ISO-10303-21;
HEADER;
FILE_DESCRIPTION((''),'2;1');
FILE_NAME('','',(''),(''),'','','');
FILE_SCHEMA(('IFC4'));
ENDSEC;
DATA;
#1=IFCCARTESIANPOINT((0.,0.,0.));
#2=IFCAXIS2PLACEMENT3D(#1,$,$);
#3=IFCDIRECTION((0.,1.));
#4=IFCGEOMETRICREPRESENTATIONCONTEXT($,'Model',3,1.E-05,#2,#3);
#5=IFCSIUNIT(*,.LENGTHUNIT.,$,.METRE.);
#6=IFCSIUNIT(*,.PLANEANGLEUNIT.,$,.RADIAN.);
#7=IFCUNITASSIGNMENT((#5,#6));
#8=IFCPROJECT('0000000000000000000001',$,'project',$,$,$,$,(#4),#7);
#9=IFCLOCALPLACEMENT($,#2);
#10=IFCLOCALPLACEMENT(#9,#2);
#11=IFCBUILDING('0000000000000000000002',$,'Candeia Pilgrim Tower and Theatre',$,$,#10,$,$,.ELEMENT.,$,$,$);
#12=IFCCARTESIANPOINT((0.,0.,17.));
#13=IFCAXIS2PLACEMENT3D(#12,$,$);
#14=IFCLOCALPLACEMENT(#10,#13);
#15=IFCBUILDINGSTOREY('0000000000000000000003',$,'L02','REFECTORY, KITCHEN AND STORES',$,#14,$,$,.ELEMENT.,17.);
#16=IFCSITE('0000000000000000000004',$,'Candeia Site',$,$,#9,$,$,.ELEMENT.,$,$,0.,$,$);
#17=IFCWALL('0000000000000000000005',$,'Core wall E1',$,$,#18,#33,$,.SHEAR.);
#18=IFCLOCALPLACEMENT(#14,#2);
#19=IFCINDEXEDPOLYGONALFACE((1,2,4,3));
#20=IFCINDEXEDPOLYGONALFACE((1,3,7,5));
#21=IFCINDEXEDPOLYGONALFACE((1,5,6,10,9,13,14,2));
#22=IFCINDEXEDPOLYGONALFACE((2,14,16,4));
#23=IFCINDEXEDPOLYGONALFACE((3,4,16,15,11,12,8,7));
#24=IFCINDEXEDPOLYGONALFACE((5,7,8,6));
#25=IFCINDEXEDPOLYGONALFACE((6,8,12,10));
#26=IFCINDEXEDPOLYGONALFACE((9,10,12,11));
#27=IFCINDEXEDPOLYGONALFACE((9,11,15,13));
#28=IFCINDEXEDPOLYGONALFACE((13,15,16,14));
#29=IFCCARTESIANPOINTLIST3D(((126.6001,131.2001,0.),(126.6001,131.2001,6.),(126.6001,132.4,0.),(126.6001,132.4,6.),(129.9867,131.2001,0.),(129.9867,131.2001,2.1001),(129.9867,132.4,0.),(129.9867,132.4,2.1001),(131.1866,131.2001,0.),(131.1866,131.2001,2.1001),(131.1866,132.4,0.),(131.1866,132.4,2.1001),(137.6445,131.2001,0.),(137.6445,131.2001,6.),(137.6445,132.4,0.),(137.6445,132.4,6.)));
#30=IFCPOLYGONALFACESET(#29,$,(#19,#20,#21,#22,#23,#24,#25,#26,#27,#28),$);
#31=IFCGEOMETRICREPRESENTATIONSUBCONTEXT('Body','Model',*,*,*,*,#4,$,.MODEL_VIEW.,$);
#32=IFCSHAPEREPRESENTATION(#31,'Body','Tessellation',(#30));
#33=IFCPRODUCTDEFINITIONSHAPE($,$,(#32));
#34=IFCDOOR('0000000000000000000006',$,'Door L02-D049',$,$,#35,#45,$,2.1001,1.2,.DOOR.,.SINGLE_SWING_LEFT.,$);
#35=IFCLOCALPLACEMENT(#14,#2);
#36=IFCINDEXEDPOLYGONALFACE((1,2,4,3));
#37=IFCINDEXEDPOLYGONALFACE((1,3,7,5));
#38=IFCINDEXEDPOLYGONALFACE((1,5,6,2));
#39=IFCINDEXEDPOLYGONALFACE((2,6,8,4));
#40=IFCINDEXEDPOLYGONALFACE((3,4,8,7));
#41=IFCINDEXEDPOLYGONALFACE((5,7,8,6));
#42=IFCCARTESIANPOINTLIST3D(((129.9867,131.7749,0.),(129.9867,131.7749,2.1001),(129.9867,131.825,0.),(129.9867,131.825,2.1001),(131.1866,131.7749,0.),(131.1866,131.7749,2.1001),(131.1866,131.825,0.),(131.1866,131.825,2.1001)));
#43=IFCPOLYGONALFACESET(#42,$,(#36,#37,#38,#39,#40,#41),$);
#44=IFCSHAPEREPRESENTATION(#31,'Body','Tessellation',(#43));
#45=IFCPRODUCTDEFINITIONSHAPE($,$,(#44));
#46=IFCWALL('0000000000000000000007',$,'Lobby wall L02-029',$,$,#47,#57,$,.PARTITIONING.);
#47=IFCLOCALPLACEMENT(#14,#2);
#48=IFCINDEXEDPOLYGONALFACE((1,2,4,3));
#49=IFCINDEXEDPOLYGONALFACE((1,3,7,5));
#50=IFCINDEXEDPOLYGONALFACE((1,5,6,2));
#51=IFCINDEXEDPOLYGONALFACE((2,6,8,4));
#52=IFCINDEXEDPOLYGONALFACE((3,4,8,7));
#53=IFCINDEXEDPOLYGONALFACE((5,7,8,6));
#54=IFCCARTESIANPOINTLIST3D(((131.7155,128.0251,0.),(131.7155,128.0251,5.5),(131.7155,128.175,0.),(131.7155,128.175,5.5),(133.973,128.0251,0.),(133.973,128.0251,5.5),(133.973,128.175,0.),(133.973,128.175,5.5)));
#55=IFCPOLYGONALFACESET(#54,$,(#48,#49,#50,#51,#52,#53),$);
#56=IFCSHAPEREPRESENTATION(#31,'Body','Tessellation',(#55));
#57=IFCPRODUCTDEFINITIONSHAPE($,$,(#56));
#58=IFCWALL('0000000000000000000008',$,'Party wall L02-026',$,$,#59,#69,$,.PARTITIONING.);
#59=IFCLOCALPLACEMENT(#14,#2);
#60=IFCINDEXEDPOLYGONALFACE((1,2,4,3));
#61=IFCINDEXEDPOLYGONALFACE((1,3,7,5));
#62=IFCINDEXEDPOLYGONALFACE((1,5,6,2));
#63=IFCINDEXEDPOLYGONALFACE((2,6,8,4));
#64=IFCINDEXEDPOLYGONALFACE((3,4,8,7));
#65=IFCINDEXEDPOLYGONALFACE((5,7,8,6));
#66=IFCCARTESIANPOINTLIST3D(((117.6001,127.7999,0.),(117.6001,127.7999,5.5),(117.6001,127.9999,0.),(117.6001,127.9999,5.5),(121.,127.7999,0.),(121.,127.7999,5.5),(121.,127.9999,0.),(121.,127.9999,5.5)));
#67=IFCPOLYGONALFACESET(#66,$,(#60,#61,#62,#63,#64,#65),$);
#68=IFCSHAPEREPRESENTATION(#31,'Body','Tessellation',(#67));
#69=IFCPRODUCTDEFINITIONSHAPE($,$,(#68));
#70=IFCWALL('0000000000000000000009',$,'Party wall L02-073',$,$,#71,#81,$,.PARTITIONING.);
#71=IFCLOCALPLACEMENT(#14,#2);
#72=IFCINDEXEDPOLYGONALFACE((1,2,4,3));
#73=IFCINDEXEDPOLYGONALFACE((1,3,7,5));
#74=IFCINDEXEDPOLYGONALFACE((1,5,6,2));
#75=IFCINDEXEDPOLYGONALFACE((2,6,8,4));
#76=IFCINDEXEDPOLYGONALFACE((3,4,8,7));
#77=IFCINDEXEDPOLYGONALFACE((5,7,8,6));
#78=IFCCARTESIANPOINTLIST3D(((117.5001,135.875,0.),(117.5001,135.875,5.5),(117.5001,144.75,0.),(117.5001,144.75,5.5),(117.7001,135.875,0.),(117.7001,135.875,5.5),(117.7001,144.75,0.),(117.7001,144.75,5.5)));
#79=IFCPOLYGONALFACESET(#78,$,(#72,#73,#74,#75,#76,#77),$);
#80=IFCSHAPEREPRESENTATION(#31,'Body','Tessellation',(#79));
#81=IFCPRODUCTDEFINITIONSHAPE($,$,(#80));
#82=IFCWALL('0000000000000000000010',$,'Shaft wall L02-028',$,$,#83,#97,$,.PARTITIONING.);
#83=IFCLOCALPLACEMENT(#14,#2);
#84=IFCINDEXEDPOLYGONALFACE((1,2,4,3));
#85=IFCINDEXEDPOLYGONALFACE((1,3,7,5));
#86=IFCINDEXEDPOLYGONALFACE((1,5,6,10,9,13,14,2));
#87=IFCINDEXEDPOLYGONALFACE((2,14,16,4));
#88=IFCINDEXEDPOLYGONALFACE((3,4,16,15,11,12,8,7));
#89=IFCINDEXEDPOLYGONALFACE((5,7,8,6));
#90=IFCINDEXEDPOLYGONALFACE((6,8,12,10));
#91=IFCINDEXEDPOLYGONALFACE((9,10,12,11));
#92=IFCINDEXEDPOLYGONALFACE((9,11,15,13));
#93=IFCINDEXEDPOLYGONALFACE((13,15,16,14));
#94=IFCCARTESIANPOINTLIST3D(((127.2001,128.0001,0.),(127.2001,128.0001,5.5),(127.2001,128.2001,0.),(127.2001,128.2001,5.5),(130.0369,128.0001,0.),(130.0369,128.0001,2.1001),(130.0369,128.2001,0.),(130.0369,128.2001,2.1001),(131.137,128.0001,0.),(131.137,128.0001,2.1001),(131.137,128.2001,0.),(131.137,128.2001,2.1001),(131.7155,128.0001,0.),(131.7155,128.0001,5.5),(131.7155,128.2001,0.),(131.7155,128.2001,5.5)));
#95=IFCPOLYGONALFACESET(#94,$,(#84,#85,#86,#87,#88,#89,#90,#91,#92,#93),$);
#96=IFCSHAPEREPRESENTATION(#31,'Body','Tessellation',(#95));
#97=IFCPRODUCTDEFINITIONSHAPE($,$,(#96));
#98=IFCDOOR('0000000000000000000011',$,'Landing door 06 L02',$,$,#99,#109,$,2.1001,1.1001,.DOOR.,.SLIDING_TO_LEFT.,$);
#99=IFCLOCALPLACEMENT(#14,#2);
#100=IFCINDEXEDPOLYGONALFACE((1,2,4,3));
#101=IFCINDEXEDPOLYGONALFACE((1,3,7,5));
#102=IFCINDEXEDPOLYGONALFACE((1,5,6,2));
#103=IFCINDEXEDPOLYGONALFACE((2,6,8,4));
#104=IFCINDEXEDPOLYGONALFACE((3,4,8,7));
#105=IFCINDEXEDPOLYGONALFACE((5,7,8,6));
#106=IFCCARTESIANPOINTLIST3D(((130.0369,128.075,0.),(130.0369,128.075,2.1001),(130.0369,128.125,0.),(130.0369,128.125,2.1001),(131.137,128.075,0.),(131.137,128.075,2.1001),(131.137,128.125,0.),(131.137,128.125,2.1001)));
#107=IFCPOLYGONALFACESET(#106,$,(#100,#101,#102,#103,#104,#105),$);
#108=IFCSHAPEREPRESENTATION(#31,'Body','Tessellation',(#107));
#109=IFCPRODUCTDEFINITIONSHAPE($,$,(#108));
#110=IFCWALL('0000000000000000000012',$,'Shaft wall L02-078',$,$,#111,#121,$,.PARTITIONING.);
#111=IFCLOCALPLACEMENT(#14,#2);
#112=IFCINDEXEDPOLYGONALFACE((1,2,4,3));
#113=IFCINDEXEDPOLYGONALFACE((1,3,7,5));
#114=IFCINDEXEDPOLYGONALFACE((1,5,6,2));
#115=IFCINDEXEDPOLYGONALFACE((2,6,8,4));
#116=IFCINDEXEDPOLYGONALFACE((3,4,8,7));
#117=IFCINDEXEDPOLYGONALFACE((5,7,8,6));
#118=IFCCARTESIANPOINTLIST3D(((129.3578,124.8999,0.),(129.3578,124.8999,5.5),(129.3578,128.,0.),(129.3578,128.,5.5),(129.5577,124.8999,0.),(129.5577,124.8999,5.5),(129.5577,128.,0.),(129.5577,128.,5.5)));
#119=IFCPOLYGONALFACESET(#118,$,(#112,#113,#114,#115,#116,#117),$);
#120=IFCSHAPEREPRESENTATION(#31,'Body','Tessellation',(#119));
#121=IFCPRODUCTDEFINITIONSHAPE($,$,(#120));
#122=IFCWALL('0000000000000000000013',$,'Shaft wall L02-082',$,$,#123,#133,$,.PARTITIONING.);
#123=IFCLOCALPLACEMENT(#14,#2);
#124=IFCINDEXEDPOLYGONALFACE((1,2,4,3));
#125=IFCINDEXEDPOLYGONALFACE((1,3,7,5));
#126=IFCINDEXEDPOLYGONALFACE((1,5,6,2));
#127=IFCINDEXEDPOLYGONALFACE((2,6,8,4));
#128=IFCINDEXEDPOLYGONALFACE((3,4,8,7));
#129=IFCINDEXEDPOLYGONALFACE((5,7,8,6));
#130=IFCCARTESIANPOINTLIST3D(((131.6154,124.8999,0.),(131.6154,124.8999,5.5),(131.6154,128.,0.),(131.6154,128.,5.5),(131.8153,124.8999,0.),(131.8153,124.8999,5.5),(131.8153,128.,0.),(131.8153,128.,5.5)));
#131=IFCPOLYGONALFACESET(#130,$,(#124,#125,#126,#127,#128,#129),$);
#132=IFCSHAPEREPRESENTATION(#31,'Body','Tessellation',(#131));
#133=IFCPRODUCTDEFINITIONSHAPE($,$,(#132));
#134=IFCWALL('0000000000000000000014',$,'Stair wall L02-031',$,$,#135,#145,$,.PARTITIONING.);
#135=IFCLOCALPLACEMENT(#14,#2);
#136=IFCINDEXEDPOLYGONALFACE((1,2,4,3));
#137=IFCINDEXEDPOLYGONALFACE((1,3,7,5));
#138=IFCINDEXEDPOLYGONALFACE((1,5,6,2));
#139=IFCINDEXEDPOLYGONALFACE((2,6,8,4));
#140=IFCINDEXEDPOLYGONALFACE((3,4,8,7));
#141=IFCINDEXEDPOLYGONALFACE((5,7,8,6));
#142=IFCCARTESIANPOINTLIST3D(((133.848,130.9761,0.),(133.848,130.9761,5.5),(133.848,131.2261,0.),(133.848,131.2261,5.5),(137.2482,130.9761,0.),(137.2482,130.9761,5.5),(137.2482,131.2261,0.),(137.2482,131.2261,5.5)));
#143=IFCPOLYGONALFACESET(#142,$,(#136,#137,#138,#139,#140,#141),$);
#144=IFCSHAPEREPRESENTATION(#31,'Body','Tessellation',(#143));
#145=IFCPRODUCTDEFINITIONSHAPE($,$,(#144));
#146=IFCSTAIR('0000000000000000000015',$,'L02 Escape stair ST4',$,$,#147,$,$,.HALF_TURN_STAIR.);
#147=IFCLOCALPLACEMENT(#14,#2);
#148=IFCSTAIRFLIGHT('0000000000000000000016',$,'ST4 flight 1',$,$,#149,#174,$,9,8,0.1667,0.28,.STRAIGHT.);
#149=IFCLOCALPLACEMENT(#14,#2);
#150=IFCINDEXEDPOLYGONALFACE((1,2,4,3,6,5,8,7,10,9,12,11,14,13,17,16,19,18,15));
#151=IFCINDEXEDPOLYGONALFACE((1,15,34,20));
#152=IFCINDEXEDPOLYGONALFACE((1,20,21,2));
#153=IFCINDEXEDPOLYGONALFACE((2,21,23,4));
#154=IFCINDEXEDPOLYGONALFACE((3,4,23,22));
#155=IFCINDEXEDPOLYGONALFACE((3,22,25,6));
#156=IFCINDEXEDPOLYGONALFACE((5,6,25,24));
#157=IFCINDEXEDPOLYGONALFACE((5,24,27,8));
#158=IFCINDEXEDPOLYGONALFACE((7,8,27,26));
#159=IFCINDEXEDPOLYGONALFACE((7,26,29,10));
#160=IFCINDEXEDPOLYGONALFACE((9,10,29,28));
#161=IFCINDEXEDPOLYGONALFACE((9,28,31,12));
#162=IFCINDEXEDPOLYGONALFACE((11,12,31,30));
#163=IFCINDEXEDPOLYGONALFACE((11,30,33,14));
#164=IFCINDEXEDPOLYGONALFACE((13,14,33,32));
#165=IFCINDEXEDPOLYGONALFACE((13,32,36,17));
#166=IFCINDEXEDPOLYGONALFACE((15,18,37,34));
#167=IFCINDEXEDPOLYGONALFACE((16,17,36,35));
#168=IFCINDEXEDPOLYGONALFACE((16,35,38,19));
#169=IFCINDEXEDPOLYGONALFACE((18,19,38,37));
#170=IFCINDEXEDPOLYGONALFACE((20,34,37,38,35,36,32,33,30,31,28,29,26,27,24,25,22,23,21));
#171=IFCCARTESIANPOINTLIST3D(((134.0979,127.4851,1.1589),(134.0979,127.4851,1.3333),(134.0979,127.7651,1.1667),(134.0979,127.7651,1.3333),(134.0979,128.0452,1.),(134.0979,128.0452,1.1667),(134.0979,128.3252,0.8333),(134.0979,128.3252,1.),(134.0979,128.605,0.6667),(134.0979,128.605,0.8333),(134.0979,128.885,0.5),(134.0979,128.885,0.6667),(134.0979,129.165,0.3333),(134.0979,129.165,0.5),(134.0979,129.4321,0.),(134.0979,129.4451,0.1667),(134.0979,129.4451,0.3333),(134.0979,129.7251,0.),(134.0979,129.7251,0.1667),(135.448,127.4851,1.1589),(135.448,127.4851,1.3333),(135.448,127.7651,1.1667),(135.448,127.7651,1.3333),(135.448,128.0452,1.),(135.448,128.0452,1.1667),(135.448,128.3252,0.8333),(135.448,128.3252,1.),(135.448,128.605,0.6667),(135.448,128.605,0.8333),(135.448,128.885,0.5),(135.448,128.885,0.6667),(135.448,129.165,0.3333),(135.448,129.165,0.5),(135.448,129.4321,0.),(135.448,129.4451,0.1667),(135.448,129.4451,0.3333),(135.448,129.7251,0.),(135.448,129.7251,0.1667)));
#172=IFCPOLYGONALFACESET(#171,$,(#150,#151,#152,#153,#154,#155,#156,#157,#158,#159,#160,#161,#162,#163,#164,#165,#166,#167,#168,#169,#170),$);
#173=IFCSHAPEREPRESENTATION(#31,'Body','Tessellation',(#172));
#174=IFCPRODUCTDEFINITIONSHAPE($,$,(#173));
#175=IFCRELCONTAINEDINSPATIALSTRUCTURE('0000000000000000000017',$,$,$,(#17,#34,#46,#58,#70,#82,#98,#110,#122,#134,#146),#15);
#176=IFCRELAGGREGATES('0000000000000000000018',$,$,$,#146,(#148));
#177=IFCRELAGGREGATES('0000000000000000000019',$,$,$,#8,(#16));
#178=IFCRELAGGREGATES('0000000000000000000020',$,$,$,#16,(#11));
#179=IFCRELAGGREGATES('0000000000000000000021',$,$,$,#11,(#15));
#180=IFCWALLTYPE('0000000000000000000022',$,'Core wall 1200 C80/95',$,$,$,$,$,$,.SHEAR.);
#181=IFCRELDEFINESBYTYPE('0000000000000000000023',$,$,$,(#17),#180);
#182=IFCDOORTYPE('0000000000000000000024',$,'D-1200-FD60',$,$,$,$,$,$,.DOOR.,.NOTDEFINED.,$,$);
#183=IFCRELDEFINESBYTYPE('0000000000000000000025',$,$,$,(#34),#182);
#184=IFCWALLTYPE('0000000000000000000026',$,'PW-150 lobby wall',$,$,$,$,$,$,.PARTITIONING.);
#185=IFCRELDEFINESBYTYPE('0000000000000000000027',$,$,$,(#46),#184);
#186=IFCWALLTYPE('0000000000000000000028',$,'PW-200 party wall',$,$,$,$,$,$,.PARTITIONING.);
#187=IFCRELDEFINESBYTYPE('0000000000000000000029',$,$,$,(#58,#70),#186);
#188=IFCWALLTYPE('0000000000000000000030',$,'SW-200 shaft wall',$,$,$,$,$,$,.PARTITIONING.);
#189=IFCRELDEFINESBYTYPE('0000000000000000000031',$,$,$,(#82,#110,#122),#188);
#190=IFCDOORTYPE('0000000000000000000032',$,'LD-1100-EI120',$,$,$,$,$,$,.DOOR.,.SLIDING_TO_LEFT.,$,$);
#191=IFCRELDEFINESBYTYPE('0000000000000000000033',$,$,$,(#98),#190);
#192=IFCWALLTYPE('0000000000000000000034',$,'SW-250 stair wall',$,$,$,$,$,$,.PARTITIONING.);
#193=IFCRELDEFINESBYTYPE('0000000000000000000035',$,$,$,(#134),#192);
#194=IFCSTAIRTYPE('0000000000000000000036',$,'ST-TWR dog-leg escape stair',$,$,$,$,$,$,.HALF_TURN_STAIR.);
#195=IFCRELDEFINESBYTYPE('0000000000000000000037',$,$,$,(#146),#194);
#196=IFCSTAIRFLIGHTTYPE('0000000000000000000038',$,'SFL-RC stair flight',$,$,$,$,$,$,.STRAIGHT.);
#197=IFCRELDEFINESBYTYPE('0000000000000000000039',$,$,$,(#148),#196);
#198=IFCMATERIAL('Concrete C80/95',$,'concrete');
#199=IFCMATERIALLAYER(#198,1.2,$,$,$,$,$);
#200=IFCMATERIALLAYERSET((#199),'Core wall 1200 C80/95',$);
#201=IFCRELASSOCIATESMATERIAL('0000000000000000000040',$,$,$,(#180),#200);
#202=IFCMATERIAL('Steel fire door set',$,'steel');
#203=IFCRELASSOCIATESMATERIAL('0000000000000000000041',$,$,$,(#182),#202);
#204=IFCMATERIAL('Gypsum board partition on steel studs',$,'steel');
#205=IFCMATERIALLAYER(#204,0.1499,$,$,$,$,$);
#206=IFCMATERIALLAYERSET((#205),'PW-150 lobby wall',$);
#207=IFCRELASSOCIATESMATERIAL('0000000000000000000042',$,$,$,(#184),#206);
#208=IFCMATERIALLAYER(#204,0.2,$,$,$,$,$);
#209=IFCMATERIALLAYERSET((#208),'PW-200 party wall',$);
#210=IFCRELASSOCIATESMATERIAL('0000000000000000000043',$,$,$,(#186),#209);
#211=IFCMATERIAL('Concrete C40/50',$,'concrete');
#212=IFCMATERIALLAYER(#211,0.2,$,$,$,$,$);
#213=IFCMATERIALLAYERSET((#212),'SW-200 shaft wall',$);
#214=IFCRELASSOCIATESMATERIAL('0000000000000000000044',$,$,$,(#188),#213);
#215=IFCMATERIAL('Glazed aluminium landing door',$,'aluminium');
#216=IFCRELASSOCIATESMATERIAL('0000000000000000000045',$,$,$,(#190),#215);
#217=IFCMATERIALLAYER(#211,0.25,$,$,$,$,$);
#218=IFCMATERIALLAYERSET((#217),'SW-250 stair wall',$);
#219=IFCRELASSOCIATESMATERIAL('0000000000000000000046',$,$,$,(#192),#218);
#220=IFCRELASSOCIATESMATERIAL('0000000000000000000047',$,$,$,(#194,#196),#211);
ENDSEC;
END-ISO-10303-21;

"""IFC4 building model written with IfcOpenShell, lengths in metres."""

from ifc_helpers import new_model, si_unit, direction, frame, frame_2d, origin, place, context, subcontext, project, spatial, polyline, rectangle, outline, extrude, material, layer, layer_set, type_object, element, fill, aggregate, save


model = new_model("IFC4")

# Units and contexts
model_context = context("Model", 3, precision=1e-05, world=origin(), true_north=direction((0.0, 1.0)))
body_context = subcontext(model_context, "Body", "Model", "MODEL_VIEW")
ifc_project = project(units=[si_unit("LENGTHUNIT", "METRE"), si_unit("PLANEANGLEUNIT", "RADIAN")], contexts=[model_context])

# Site, building, storey
site_placement = place(None, origin())
site = spatial("IfcSite", under=ifc_project, at=site_placement, Name="Candeia Site", CompositionType="ELEMENT", RefElevation=0.0)
building_placement = place(site_placement, origin())
building = spatial("IfcBuilding", under=site, at=building_placement, Name="Candeia Pilgrim Tower and Theatre", CompositionType="ELEMENT")
storey_placement = place(building_placement, frame((0.0, 0.0, 17.0)))
storey = spatial("IfcBuildingStorey", under=building, at=storey_placement, Name="L02", Description="REFECTORY, KITCHEN AND STORES", CompositionType="ELEMENT", Elevation=17.0)

# Shared definitions
ifc_material_1 = material(Name="Concrete C80/95", Category="concrete")

# Wall, opening, door
ifc_layer_1 = layer(ifc_material_1, 1.2)
ifc_layer_set_1 = layer_set([ifc_layer_1], Name="Core wall 1200 C80/95")
wall_type_1 = type_object("IfcWallType", Name="Core wall 1200 C80/95", PredefinedType="SHEAR", material=ifc_layer_set_1)
wall_1_placement = place(storey_placement, frame((126.6001, 131.8, 0.0), z_axis=(0.0, 0.0, 1.0), x_axis=(1.0, 0.0, 0.0)))
wall_1 = element("IfcWall", 1, at=wall_1_placement, inside=storey, type_object=wall_type_1, Name="Core wall E1", PredefinedType="SHEAR", context=body_context, shape_type="SweptSolid", body=[
    extrude(rectangle(XDim=11.0444, YDim=1.2, at=frame_2d((5.5222, 0.0))), origin(), (0.0, 0.0, 1.0), 6.0),
])
opening_1_placement = place(wall_1_placement, frame((3.3865, 0.0, 0.0)))
opening_1 = element("IfcOpeningElement", 2, at=opening_1_placement, cuts=wall_1, PredefinedType="OPENING", context=body_context, shape_type="SweptSolid", body=[
    extrude(rectangle(XDim=1.2, YDim=2.1001, at=frame_2d((0.6001, 1.05))), frame((0.0, 0.6099, 0.0), z_axis=(0.0, -1.0, 0.0), x_axis=(1.0, 0.0, 0.0)), (0.0, 0.0, 1.0), 1.22),
])
ifc_material_2 = material(Name="Steel fire door set", Category="steel")
door_type_1 = type_object("IfcDoorType", Name="D-1200-FD60", OperationType="NOTDEFINED", PredefinedType="DOOR", material=ifc_material_2)
door_1_placement = place(opening_1_placement, origin())
door_1 = element("IfcDoor", 3, at=door_1_placement, inside=storey, type_object=door_type_1, Name="Door L02-D049", OperationType="SINGLE_SWING_LEFT", OverallHeight=2.1001, OverallWidth=1.2, PredefinedType="DOOR", context=body_context, shape_type="SweptSolid", body=[
    extrude(rectangle(XDim=1.2, YDim=2.1001, at=frame_2d((0.6001, 1.05))), frame((0.0, 0.0249, 0.0), z_axis=(0.0, -1.0, 0.0), x_axis=(1.0, 0.0, 0.0)), (0.0, 0.0, 1.0), 0.05),
])
fill(opening_1, door_1)

# Walls
ifc_material_3 = material(Name="Gypsum board partition on steel studs", Category="steel")
ifc_layer_2 = layer(ifc_material_3, 0.1499)
ifc_layer_set_2 = layer_set([ifc_layer_2], Name="PW-150 lobby wall")
wall_type_2 = type_object("IfcWallType", Name="PW-150 lobby wall", PredefinedType="PARTITIONING", material=ifc_layer_set_2)
wall_2_placement = place(storey_placement, frame((131.7153, 128.1001, 0.0), z_axis=(0.0, 0.0, 1.0), x_axis=(1.0, 0.0, 0.0)))
element("IfcWall", 4, at=wall_2_placement, inside=storey, type_object=wall_type_2, Name="Lobby wall L02-029", PredefinedType="PARTITIONING", context=body_context, shape_type="SweptSolid", body=[
    extrude(rectangle(XDim=2.2576, YDim=0.1499, at=frame_2d((1.1289, 0.0))), origin(), (0.0, 0.0, 1.0), 5.5),
])
ifc_layer_3 = layer(ifc_material_3, 0.2)
ifc_layer_set_3 = layer_set([ifc_layer_3], Name="PW-200 party wall")
wall_type_3 = type_object("IfcWallType", Name="PW-200 party wall", PredefinedType="PARTITIONING", material=ifc_layer_set_3)
wall_3_placement = place(storey_placement, frame((117.6001, 127.8999, 0.0), z_axis=(0.0, 0.0, 1.0), x_axis=(1.0, 0.0, 0.0)))
element("IfcWall", 5, at=wall_3_placement, inside=storey, type_object=wall_type_3, Name="Party wall L02-026", PredefinedType="PARTITIONING", context=body_context, shape_type="SweptSolid", body=[
    extrude(rectangle(XDim=3.3999, YDim=0.2, at=frame_2d((1.7, 0.0))), origin(), (0.0, 0.0, 1.0), 5.5),
])
wall_4_placement = place(storey_placement, frame((117.6001, 135.875, 0.0), z_axis=(0.0, 0.0, 1.0), x_axis=(0.0, 1.0, 0.0)))
element("IfcWall", 6, at=wall_4_placement, inside=storey, type_object=wall_type_3, Name="Party wall L02-073", PredefinedType="PARTITIONING", context=body_context, shape_type="SweptSolid", body=[
    extrude(rectangle(XDim=8.875, YDim=0.2, at=frame_2d((4.4375, 0.0))), origin(), (0.0, 0.0, 1.0), 5.5),
])

# Wall, opening, door
ifc_material_4 = material(Name="Concrete C40/50", Category="concrete")
ifc_layer_4 = layer(ifc_material_4, 0.2)
ifc_layer_set_4 = layer_set([ifc_layer_4], Name="SW-200 shaft wall")
wall_type_4 = type_object("IfcWallType", Name="SW-200 shaft wall", PredefinedType="PARTITIONING", material=ifc_layer_set_4)
wall_5_placement = place(storey_placement, frame((127.2, 128.1001, 0.0), z_axis=(0.0, 0.0, 1.0), x_axis=(1.0, 0.0, 0.0)))
wall_5 = element("IfcWall", 7, at=wall_5_placement, inside=storey, type_object=wall_type_4, Name="Shaft wall L02-028", PredefinedType="PARTITIONING", context=body_context, shape_type="SweptSolid", body=[
    extrude(rectangle(XDim=4.5154, YDim=0.2, at=frame_2d((2.2578, 0.0))), origin(), (0.0, 0.0, 1.0), 5.5),
])
opening_2_placement = place(wall_5_placement, frame((2.8369, 0.0, 0.0)))
opening_2 = element("IfcOpeningElement", 8, at=opening_2_placement, cuts=wall_5, PredefinedType="OPENING", context=body_context, shape_type="SweptSolid", body=[
    extrude(rectangle(XDim=1.1001, YDim=2.1001, at=frame_2d((0.55, 1.05))), frame((0.0, 0.1099, 0.0), z_axis=(0.0, -1.0, 0.0), x_axis=(1.0, 0.0, 0.0)), (0.0, 0.0, 1.0), 0.22),
])
ifc_material_5 = material(Name="Glazed aluminium landing door", Category="aluminium")
door_type_2 = type_object("IfcDoorType", Name="LD-1100-EI120", OperationType="SLIDING_TO_LEFT", PredefinedType="DOOR", material=ifc_material_5)
door_2_placement = place(opening_2_placement, origin())
door_2 = element("IfcDoor", 9, at=door_2_placement, inside=storey, type_object=door_type_2, Name="Landing door 06 L02", OperationType="SLIDING_TO_LEFT", OverallHeight=2.1001, OverallWidth=1.1001, PredefinedType="DOOR", context=body_context, shape_type="SweptSolid", body=[
    extrude(rectangle(XDim=1.1001, YDim=2.1001, at=frame_2d((0.55, 1.05))), frame((0.0, 0.0249, 0.0), z_axis=(0.0, -1.0, 0.0), x_axis=(1.0, 0.0, 0.0)), (0.0, 0.0, 1.0), 0.05),
])
fill(opening_2, door_2)

# Walls
for number, where, z_axis, x_axis, name in (
    (10, (129.4578, 124.8999, 0.0), (0.0, 0.0, 1.0), (0.0, 1.0, 0.0), "Shaft wall L02-078"),
    (11, (131.7153, 124.8999, 0.0), (0.0, 0.0, 1.0), (0.0, 1.0, 0.0), "Shaft wall L02-082"),
):
    element("IfcWall", number, at=place(storey_placement, frame(where, z_axis=z_axis, x_axis=x_axis)), inside=storey, type_object=wall_type_4, Name=name, PredefinedType="PARTITIONING", context=body_context, shape_type="SweptSolid", body=[
        extrude(rectangle(XDim=3.1001, YDim=0.2, at=frame_2d((1.55, 0.0))), origin(), (0.0, 0.0, 1.0), 5.5),
    ])
ifc_layer_5 = layer(ifc_material_4, 0.25)
ifc_layer_set_5 = layer_set([ifc_layer_5], Name="SW-250 stair wall")
wall_type_5 = type_object("IfcWallType", Name="SW-250 stair wall", PredefinedType="PARTITIONING", material=ifc_layer_set_5)
wall_6_placement = place(storey_placement, frame((133.8479, 131.1011, 0.0), z_axis=(0.0, 0.0, 1.0), x_axis=(1.0, 0.0, 0.0)))
element("IfcWall", 12, at=wall_6_placement, inside=storey, type_object=wall_type_5, Name="Stair wall L02-031", PredefinedType="PARTITIONING", context=body_context, shape_type="SweptSolid", body=[
    extrude(rectangle(XDim=3.4001, YDim=0.25, at=frame_2d((1.7002, 0.0))), origin(), (0.0, 0.0, 1.0), 5.5),
])

# Stair, stair flight
stair_type = type_object("IfcStairType", Name="ST-TWR dog-leg escape stair", PredefinedType="HALF_TURN_STAIR", material=ifc_material_4)
stair_placement = place(storey_placement, origin())
stair = element("IfcStair", 13, at=stair_placement, inside=storey, type_object=stair_type, Name="L02 Escape stair ST4", PredefinedType="HALF_TURN_STAIR")
stair_flight_type = type_object("IfcStairFlightType", Name="SFL-RC stair flight", PredefinedType="STRAIGHT", material=ifc_material_4)
stair_flight_1_placement = place(storey_placement, frame((134.7729, 129.7251, 0.0), z_axis=(0.0, 0.0, 1.0), x_axis=(0.0, -1.0, 0.0)))
stair_flight_1 = element("IfcStairFlight", 14, at=stair_flight_1_placement, type_object=stair_flight_type, Name="ST4 flight 1", NumberOfRisers=9, NumberOfTreads=8, PredefinedType="STRAIGHT", RiserHeight=0.1667, TreadLength=0.28, context=body_context, shape_type="SweptSolid", body=[
    extrude(outline(polyline([(0.0, 0.0), (0.0, 0.1667), (0.28, 0.1667), (0.28, 0.3333), (0.5601, 0.3333), (0.5601, 0.5), (0.8401, 0.5), (0.8401, 0.6667), (1.1201, 0.6667), (1.1201, 0.8333), (1.3999, 0.8333), (1.3999, 1.0), (1.6799, 1.0), (1.6799, 1.1667), (1.96, 1.1667), (1.96, 1.3333), (2.24, 1.3333), (2.24, 1.5), (2.24, 1.1589), (0.293, 0.0), (0.0, 0.0)])), frame((0.0, 0.675, 0.0), z_axis=(0.0, -1.0, 0.0), x_axis=(1.0, 0.0, 0.0)), (0.0, 0.0, 1.0), 1.3501),
])
aggregate(stair, [stair_flight_1])

save(model, "model.ifc")
